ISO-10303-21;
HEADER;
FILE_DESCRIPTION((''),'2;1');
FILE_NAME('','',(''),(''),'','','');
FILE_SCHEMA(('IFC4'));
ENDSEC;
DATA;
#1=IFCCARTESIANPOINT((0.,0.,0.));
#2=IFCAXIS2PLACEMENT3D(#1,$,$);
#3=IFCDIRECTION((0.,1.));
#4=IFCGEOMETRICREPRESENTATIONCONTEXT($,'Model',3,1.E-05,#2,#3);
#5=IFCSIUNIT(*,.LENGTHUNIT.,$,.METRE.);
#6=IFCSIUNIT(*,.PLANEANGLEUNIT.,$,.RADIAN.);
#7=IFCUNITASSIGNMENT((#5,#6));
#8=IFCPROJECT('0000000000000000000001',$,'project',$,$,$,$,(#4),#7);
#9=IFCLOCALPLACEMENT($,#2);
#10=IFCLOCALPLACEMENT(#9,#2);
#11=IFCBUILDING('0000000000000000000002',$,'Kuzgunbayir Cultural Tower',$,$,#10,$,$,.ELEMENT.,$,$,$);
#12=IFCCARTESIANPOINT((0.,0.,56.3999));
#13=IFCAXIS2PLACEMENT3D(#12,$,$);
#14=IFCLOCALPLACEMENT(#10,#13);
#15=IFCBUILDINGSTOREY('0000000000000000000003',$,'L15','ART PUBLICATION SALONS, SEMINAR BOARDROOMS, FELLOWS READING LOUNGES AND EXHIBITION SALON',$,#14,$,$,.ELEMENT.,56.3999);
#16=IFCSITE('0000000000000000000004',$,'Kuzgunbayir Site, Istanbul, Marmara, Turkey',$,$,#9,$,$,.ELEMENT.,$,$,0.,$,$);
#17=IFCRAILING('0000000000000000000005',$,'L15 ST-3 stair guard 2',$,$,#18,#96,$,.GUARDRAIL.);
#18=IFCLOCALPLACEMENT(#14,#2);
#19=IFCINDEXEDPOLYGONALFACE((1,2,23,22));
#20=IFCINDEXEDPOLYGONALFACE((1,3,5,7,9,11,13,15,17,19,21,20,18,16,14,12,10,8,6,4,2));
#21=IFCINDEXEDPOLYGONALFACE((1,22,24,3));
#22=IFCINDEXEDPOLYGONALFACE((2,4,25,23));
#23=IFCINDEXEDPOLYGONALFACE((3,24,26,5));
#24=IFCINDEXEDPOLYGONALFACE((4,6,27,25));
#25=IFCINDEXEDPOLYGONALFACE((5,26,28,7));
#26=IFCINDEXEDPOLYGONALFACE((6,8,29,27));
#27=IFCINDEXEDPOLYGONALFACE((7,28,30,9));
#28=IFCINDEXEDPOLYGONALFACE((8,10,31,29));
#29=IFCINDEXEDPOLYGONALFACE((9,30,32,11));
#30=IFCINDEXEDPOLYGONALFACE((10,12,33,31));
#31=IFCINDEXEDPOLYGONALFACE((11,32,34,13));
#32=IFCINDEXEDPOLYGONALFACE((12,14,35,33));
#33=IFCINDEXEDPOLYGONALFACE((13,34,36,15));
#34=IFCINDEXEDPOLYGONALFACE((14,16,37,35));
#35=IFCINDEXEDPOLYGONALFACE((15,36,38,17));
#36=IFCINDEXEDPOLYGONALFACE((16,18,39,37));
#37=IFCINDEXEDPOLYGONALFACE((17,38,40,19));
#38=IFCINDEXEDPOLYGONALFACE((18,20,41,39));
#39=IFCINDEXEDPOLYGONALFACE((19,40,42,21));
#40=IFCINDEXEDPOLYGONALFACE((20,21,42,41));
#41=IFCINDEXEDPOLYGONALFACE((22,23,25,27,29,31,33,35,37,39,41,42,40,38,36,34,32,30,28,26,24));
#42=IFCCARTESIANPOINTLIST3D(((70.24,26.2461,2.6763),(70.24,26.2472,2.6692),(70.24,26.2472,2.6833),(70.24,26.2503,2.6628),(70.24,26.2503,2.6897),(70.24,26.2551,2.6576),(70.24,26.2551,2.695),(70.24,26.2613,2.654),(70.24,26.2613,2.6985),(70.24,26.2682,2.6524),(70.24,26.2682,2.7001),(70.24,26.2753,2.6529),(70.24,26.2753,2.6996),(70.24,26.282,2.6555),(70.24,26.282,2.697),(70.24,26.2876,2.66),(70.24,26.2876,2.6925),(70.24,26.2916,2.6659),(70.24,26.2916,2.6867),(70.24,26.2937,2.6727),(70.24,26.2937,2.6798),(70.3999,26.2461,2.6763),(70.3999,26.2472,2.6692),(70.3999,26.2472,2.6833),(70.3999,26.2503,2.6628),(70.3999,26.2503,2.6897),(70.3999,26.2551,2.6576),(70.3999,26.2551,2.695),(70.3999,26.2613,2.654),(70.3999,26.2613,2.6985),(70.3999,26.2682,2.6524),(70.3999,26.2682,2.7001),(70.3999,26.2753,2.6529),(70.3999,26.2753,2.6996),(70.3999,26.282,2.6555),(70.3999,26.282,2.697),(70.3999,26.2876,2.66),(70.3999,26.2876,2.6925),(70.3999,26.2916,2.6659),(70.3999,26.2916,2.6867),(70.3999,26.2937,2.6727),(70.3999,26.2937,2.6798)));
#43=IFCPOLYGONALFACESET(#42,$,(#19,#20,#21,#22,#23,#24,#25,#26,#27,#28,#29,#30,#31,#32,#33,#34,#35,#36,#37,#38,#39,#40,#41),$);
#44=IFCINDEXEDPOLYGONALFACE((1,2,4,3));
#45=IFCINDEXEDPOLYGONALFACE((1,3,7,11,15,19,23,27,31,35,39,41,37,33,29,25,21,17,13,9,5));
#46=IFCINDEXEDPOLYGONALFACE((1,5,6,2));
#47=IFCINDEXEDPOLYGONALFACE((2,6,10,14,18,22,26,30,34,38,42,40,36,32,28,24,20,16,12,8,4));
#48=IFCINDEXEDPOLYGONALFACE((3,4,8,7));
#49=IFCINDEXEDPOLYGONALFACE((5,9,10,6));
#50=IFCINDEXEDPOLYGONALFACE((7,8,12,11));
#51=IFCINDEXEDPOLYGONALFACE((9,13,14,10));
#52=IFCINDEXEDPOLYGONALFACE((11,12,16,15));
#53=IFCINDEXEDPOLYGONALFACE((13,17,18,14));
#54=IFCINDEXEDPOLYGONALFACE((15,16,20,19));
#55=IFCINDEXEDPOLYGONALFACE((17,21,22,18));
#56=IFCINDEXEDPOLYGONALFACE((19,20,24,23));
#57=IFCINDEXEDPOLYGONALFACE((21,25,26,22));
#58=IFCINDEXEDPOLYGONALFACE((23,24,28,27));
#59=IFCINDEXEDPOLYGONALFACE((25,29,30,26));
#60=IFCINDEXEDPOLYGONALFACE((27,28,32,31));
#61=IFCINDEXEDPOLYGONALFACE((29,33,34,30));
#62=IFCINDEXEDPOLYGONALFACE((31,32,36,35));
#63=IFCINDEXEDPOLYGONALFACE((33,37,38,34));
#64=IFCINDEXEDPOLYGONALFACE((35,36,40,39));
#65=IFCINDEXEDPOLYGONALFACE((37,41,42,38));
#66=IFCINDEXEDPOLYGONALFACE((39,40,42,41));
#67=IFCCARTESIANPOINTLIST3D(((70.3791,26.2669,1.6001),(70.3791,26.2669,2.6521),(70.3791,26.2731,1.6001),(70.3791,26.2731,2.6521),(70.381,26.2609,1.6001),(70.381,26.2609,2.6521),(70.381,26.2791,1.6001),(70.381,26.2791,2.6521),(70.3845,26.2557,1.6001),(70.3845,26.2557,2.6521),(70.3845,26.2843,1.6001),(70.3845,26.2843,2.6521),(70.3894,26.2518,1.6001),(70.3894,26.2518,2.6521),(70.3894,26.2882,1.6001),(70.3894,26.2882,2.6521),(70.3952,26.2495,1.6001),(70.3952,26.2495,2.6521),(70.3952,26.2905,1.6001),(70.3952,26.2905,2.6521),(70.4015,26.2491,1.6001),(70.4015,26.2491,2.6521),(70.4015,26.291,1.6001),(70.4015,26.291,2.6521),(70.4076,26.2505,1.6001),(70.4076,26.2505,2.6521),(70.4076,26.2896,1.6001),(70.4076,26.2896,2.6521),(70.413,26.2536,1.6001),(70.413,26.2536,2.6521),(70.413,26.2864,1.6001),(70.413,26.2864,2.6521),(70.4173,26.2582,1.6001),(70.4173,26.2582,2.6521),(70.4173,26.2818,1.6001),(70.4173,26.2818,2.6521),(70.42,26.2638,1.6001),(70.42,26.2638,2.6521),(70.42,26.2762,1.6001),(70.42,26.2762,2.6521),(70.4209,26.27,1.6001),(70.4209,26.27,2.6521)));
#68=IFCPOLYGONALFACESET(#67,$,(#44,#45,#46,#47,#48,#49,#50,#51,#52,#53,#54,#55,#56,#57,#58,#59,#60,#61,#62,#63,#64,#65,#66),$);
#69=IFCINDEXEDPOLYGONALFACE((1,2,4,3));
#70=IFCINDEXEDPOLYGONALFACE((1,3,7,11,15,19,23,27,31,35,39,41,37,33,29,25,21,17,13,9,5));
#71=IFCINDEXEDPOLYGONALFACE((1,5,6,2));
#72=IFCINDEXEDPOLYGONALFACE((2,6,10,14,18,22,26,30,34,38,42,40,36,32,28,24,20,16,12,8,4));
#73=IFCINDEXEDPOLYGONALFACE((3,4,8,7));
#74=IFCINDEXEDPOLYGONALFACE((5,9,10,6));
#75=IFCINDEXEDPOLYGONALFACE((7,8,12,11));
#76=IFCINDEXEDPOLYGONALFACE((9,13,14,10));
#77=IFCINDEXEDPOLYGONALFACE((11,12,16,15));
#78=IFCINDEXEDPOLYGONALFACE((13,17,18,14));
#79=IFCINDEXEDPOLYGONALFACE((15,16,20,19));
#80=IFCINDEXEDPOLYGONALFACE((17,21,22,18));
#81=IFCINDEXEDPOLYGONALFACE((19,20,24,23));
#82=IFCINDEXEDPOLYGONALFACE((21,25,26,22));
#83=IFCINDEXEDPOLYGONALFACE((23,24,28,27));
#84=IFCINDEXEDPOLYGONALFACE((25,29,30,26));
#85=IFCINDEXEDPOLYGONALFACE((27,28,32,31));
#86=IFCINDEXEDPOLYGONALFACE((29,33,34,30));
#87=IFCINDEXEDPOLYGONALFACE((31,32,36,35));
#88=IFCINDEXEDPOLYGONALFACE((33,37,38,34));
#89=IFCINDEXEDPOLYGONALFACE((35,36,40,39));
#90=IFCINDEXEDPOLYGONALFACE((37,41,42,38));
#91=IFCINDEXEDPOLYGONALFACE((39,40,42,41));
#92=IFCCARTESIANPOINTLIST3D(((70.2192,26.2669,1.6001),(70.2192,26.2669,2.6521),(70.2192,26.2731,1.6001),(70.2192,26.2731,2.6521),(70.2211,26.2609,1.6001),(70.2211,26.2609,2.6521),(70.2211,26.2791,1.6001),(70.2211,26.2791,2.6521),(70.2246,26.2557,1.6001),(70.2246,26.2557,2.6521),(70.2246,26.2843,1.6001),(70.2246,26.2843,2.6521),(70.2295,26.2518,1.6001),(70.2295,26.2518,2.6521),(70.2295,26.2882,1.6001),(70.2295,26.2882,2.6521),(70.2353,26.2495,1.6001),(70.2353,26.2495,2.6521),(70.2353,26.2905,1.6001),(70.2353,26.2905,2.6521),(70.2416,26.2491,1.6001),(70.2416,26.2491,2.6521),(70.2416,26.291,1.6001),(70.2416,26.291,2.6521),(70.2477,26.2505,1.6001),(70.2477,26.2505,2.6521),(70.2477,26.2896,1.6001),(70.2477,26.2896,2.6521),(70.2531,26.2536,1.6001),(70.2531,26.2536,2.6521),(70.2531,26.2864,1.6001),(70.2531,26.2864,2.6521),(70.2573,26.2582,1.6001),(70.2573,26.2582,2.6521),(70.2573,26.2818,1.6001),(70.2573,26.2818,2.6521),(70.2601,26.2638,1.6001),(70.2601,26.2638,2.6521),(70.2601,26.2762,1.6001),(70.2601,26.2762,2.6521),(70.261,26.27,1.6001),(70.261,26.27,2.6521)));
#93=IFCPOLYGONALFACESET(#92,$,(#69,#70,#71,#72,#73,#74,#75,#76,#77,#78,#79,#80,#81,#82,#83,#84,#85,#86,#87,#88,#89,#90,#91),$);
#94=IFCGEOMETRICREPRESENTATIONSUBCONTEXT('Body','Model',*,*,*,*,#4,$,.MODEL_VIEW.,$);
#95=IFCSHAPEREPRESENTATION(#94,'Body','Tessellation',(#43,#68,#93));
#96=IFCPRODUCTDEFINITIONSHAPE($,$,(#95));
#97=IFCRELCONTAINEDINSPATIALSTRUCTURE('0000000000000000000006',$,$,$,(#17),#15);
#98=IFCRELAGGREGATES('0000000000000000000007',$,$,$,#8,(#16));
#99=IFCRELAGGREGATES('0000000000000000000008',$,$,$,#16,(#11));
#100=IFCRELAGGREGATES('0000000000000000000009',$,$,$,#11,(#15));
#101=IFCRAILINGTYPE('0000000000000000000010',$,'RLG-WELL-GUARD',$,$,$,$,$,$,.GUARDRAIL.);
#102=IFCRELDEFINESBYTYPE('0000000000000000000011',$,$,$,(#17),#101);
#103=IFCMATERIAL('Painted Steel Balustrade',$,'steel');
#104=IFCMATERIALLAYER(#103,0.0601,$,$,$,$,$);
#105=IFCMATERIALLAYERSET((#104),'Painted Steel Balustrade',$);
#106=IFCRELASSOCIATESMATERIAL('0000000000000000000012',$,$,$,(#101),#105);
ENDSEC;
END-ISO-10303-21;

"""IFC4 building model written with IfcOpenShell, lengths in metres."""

from ifc_helpers import new_model, si_unit, direction, frame, origin, origin_2d, place, context, subcontext, project, spatial, circle, extrude, material, layer, layer_set, type_object, element, save


model = new_model("IFC4")

# Units and contexts
model_context = context("Model", 3, precision=1e-05, world=origin(), true_north=direction((0.0, 1.0)))
body_context = subcontext(model_context, "Body", "Model", "MODEL_VIEW")
ifc_project = project(units=[si_unit("LENGTHUNIT", "METRE"), si_unit("PLANEANGLEUNIT", "RADIAN")], contexts=[model_context])

# Site, building, storey
site_placement = place(None, origin())
site = spatial("IfcSite", under=ifc_project, at=site_placement, Name="Kuzgunbayir Site, Istanbul, Marmara, Turkey", CompositionType="ELEMENT", RefElevation=0.0)
building_placement = place(site_placement, origin())
building = spatial("IfcBuilding", under=site, at=building_placement, Name="Kuzgunbayir Cultural Tower", CompositionType="ELEMENT")
storey_placement = place(building_placement, frame((0.0, 0.0, 56.3999)))
storey = spatial("IfcBuildingStorey", under=building, at=storey_placement, Name="L15", Description="ART PUBLICATION SALONS, SEMINAR BOARDROOMS, FELLOWS READING LOUNGES AND EXHIBITION SALON", CompositionType="ELEMENT", Elevation=56.3999)

# Railing
ifc_material_1 = material(Name="Painted Steel Balustrade", Category="steel")
ifc_layer_1 = layer(ifc_material_1, 0.0601)
ifc_layer_set_1 = layer_set([ifc_layer_1], Name="Painted Steel Balustrade")
railing_type_1 = type_object("IfcRailingType", Name="RLG-WELL-GUARD", PredefinedType="GUARDRAIL", material=ifc_layer_set_1)
railing_1_placement = place(storey_placement, frame((70.3999, 26.27, 1.6001)))
element("IfcRailing", 1, at=railing_1_placement, inside=storey, type_object=railing_type_1, Name="L15 ST-3 stair guard 2", PredefinedType="GUARDRAIL", context=body_context, shape_type="SweptSolid", body=[
    extrude(circle(Radius=0.0239, at=origin_2d()), frame((0.0, 0.0, 1.0762), z_axis=(-1.0, 0.0, 0.0), x_axis=(0.0, -1.0, 0.0)), (0.0, 0.0, 1.0), 0.1599),
    extrude(circle(Radius=0.021, at=origin_2d()), origin(), (0.0, 0.0, 1.0), 1.052),
    extrude(circle(Radius=0.021, at=origin_2d()), frame((-0.1599, 0.0, 0.0)), (0.0, 0.0, 1.0), 1.052),
])

save(model, "model.ifc")
